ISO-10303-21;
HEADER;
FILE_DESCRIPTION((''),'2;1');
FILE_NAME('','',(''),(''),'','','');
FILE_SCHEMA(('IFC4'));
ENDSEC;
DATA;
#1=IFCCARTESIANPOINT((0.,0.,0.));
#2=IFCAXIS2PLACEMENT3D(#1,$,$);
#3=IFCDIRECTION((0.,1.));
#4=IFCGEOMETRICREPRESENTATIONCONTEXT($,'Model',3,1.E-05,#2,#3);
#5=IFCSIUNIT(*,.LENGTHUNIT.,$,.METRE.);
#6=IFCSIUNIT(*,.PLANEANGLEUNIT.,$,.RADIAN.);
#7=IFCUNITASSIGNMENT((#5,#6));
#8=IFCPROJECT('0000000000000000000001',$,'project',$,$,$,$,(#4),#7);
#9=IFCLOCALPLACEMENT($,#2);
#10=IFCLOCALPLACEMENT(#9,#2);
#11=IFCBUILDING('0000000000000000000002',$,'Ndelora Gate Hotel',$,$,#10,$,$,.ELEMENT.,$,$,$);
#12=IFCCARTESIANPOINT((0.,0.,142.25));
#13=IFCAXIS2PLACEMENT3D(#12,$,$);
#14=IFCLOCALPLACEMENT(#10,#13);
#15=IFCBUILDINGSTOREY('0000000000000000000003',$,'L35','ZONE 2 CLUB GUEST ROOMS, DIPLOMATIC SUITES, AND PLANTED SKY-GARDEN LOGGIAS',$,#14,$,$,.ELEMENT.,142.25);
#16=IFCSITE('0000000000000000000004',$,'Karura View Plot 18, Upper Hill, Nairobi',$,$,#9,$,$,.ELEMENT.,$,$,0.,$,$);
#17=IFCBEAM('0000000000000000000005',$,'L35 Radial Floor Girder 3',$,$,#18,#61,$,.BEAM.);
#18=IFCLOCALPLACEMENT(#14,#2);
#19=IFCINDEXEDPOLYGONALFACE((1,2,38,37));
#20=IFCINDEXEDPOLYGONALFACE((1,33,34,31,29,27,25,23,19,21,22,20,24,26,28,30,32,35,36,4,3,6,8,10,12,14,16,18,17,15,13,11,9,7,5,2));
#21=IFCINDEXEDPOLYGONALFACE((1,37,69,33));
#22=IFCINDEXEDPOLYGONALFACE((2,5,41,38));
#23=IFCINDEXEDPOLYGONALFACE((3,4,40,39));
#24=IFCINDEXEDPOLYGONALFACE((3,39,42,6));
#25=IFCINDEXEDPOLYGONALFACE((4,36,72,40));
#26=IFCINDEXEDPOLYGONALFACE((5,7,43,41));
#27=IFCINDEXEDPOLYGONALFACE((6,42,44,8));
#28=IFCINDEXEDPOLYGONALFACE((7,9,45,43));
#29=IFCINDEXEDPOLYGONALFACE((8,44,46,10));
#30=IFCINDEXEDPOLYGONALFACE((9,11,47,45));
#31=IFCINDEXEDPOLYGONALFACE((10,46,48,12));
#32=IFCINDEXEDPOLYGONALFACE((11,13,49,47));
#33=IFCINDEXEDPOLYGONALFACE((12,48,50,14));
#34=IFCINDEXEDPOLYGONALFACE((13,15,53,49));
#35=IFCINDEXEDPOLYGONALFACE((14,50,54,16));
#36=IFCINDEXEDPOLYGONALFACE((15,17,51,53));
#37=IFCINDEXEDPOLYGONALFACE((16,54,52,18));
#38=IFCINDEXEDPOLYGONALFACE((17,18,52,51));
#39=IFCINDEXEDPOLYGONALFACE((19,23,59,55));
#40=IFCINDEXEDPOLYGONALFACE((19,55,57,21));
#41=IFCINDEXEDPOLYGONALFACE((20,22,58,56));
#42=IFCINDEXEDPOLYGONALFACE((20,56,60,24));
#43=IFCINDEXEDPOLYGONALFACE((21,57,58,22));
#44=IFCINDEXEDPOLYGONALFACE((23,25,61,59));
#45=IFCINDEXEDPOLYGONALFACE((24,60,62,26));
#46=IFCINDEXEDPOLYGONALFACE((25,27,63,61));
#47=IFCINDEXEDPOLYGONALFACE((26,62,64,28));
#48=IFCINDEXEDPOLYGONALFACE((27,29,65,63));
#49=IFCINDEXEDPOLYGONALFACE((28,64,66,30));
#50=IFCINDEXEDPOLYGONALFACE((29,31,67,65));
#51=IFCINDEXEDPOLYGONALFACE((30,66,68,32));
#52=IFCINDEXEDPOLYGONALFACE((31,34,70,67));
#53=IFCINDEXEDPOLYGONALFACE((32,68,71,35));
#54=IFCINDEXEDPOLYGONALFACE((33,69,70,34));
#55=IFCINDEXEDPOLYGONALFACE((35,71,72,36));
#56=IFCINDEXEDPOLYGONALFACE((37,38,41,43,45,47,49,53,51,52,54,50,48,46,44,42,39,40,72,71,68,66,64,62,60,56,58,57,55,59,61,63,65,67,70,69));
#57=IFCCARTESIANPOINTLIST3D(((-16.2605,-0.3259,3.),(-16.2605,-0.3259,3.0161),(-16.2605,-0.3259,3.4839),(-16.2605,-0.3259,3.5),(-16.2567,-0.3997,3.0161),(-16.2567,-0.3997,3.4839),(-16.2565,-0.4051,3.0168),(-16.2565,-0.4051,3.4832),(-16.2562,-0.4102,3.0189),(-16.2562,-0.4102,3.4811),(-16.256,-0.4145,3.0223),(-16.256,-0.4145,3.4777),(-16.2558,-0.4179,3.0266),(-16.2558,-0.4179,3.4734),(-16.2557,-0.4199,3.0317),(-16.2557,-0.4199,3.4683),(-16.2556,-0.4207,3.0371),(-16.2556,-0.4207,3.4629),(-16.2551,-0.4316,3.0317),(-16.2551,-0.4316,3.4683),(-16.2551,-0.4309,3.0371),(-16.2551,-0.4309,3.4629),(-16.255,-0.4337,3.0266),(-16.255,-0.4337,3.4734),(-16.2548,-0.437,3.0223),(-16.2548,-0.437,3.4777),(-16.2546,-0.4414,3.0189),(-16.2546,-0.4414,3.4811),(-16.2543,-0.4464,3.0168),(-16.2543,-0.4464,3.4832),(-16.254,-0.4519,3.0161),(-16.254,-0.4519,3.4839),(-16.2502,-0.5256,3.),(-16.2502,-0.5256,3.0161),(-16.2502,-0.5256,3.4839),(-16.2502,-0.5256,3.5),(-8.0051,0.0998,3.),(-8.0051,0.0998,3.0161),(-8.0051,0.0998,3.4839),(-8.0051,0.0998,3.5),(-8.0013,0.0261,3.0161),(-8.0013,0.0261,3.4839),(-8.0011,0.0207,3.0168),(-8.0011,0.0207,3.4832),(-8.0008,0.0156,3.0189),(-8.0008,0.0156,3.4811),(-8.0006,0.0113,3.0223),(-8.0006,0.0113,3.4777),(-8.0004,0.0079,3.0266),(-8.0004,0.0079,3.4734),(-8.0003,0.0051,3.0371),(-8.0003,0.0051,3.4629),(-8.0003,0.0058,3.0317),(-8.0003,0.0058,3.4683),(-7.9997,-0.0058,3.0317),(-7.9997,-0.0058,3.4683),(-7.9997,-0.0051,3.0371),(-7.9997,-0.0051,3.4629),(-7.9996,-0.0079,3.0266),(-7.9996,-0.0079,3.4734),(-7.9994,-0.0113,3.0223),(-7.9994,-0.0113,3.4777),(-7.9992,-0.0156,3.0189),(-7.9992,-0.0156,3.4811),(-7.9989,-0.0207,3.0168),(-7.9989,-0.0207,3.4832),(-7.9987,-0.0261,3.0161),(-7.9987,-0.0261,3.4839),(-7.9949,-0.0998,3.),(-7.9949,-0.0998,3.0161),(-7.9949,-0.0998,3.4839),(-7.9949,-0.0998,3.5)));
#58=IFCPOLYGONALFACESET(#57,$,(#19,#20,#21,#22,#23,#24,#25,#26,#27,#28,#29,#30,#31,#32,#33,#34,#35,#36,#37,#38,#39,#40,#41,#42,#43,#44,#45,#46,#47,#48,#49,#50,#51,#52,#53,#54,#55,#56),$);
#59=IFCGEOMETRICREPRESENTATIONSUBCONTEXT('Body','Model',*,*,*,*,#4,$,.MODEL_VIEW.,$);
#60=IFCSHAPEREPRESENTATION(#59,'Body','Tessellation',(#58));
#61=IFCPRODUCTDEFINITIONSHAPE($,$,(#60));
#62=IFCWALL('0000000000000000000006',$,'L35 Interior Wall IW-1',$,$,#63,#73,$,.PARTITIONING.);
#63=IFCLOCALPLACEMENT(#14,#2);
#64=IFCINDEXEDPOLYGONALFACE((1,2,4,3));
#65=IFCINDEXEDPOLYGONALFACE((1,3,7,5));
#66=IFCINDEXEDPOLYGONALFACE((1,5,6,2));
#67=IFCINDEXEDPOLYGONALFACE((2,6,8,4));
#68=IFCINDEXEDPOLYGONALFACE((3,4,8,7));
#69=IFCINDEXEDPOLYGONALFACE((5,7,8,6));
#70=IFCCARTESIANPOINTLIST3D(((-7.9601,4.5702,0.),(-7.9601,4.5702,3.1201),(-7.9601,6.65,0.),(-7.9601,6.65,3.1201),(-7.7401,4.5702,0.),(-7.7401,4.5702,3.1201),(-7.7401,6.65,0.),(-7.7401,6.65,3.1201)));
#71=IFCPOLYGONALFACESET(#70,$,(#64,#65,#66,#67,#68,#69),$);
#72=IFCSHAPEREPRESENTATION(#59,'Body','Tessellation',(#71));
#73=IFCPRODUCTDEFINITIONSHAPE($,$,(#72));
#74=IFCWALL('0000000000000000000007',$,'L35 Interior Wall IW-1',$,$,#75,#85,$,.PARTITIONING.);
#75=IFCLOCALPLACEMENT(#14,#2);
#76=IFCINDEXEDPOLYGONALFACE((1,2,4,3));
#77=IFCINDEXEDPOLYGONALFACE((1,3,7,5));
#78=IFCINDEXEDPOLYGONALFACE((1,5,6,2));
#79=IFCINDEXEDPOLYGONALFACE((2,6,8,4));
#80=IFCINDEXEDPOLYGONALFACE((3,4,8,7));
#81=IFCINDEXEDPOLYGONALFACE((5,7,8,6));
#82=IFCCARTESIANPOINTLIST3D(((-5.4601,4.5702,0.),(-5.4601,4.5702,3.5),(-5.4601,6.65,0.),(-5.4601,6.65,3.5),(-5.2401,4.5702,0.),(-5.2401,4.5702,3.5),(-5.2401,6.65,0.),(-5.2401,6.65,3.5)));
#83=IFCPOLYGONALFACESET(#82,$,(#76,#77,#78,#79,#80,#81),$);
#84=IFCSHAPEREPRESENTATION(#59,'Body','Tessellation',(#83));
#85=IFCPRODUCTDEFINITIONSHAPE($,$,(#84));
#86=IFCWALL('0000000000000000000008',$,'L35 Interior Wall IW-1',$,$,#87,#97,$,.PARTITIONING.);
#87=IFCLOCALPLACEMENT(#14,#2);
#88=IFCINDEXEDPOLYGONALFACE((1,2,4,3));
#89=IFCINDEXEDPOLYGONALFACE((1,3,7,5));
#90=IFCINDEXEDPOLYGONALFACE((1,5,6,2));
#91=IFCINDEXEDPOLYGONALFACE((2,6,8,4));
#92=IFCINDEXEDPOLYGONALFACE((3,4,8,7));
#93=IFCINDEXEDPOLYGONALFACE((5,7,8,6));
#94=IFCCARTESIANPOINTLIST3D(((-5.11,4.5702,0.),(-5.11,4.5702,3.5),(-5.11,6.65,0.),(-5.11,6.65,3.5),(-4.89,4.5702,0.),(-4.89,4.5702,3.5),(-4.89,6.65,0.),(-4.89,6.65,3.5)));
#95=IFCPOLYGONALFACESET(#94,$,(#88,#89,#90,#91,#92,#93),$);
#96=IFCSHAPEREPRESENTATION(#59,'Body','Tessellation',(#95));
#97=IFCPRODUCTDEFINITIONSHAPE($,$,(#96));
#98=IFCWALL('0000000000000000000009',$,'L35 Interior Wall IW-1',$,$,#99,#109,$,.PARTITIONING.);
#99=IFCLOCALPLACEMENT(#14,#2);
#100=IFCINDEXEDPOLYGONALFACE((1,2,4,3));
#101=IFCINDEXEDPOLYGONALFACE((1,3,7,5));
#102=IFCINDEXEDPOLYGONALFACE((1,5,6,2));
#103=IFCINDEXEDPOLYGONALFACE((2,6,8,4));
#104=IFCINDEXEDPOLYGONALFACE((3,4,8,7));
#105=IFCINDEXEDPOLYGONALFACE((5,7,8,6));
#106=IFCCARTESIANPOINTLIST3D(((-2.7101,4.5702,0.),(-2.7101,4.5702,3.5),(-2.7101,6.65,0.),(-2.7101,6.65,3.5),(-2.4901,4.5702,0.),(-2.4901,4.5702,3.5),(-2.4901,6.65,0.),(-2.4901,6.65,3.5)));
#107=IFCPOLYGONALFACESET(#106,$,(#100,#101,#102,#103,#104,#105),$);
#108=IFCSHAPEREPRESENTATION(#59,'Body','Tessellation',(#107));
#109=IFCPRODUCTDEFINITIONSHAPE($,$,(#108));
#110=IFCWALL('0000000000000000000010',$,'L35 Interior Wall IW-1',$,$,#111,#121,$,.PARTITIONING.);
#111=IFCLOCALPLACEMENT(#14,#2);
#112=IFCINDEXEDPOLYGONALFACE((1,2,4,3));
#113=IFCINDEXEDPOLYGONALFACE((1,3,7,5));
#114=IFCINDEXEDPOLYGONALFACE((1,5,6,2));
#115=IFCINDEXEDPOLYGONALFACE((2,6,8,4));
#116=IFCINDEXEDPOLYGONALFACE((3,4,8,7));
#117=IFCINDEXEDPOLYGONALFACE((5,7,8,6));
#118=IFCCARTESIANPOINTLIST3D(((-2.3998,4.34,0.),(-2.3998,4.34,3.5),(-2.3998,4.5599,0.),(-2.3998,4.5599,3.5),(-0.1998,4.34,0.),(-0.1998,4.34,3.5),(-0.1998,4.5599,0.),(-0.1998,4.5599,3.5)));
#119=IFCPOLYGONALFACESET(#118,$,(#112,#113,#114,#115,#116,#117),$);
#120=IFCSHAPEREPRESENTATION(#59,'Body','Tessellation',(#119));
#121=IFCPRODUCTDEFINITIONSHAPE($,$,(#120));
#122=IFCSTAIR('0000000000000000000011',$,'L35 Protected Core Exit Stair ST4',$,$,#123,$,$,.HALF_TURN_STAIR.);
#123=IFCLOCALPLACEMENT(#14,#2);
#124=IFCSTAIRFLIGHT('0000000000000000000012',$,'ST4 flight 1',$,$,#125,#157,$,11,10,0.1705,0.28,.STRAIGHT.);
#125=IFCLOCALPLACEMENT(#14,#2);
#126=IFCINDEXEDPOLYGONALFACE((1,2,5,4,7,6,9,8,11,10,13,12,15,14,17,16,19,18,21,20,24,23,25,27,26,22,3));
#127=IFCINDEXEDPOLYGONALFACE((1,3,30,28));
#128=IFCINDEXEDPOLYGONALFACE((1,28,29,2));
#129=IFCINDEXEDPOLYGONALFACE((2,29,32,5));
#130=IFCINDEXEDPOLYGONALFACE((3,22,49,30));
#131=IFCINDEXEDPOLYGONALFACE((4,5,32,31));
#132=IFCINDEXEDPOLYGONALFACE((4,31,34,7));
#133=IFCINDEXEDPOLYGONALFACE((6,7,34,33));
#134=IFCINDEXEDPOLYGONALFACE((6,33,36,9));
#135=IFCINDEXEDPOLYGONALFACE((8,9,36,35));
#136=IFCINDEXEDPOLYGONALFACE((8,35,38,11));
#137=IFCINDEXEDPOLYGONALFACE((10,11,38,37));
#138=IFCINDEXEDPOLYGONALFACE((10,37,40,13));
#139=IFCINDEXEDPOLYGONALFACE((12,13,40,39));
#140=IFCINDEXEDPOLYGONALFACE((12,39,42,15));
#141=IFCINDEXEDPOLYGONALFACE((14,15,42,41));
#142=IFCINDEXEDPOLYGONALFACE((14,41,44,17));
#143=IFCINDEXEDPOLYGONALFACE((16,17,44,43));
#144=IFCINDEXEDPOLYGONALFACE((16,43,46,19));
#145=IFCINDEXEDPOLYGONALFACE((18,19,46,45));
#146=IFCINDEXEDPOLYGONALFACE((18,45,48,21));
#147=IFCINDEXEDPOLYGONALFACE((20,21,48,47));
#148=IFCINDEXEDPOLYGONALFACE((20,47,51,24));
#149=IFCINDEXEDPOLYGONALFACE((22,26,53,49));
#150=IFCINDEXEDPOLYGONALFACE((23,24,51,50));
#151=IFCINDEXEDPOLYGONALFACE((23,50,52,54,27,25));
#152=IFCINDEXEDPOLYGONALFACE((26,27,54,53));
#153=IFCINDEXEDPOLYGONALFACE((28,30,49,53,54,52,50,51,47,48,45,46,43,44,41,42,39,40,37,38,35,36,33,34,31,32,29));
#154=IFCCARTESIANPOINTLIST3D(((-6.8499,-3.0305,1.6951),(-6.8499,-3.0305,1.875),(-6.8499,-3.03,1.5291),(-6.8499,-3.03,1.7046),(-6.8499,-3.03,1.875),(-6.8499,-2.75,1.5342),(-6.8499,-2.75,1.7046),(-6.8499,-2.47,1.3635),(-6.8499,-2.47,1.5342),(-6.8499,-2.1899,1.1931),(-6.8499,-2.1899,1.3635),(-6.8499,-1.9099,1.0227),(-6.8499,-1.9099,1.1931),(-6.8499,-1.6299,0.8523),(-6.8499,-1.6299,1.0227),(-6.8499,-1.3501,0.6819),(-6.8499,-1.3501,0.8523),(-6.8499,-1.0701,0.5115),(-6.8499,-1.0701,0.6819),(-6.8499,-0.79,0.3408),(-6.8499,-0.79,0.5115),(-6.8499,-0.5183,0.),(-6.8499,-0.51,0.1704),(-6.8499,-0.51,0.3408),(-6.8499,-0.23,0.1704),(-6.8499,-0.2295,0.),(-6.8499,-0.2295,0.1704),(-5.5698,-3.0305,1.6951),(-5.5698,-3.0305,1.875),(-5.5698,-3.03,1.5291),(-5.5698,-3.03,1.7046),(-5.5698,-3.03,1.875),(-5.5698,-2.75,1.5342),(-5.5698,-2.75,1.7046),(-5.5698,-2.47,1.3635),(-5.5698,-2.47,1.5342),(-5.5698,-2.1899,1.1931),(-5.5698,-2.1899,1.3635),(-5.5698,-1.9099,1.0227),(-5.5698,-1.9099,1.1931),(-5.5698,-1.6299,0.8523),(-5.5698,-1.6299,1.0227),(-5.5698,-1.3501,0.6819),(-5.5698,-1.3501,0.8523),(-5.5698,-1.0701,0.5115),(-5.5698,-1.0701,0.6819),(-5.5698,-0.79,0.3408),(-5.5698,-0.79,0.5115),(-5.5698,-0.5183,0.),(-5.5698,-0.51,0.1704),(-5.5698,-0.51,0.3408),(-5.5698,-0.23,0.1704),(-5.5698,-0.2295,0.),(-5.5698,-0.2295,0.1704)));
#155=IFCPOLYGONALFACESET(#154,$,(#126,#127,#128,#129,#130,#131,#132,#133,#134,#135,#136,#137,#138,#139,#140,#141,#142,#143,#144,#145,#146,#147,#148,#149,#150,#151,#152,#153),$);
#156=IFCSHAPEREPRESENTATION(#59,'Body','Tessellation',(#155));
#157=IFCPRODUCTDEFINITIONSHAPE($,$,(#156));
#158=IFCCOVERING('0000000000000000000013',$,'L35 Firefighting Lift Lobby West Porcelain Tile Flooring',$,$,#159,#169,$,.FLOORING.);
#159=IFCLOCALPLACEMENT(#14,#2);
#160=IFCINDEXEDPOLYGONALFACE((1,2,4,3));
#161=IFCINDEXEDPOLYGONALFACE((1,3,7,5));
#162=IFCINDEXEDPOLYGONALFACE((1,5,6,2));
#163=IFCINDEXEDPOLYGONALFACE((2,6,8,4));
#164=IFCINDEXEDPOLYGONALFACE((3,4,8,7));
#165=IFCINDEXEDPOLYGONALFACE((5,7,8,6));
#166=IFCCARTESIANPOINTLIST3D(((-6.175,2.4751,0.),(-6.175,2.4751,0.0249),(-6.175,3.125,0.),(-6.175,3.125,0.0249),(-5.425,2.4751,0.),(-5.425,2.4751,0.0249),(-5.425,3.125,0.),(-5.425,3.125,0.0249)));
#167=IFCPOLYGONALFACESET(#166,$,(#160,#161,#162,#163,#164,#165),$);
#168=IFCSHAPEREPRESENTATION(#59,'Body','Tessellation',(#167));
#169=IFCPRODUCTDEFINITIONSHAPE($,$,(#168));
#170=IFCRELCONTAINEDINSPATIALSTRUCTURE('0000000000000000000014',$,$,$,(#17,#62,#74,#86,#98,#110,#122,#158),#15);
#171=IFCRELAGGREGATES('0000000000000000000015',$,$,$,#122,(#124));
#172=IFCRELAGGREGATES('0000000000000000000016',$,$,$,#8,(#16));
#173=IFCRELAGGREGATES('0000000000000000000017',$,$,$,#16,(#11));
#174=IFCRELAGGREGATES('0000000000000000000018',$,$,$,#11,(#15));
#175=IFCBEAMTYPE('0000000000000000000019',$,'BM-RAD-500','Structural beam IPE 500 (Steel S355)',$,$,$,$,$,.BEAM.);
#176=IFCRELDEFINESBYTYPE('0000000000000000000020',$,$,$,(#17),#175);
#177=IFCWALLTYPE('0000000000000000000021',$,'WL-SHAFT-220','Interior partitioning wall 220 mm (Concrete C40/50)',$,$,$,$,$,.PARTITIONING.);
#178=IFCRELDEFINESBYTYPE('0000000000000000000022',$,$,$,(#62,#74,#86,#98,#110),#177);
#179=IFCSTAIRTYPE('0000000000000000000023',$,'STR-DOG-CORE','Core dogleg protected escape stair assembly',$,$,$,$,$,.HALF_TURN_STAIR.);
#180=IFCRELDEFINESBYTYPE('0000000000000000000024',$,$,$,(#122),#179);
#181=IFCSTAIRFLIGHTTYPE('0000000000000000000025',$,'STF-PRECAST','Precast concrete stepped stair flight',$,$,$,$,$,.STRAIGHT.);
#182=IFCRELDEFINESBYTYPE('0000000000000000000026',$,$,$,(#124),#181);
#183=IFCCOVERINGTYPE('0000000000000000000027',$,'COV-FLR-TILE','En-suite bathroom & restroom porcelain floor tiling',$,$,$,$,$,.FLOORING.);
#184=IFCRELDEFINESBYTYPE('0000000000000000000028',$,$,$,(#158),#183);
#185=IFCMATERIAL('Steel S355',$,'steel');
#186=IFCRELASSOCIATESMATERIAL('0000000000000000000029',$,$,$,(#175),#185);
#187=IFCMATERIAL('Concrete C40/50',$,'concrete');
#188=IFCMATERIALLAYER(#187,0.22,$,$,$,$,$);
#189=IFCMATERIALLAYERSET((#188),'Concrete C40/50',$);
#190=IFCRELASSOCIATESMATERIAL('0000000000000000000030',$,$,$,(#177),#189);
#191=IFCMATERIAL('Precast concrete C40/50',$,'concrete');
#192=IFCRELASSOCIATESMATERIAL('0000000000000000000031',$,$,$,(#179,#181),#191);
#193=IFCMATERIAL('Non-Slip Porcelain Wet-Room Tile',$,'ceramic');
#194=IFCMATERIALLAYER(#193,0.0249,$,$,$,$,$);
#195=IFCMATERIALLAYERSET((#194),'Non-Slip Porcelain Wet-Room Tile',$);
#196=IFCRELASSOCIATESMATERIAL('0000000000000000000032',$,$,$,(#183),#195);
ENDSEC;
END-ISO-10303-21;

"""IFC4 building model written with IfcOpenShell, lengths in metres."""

from ifc_helpers import new_model, si_unit, direction, frame, frame_2d, origin, origin_2d, place, context, subcontext, project, spatial, polyline, rectangle, i_section, outline, extrude, material, layer, layer_set, material_profile, profile_set, type_object, element, aggregate, save


model = new_model("IFC4")

# Units and contexts
model_context = context("Model", 3, precision=1e-05, world=origin(), true_north=direction((0.0, 1.0)))
body_context = subcontext(model_context, "Body", "Model", "MODEL_VIEW")
ifc_project = project(units=[si_unit("LENGTHUNIT", "METRE"), si_unit("PLANEANGLEUNIT", "RADIAN")], contexts=[model_context])

# Site, building, storey
site_placement = place(None, origin())
site = spatial("IfcSite", under=ifc_project, at=site_placement, Name="Karura View Plot 18, Upper Hill, Nairobi", CompositionType="ELEMENT", RefElevation=0.0)
building_placement = place(site_placement, origin())
building = spatial("IfcBuilding", under=site, at=building_placement, Name="Ndelora Gate Hotel", CompositionType="ELEMENT")
storey_placement = place(building_placement, frame((0.0, 0.0, 142.25)))
storey = spatial("IfcBuildingStorey", under=building, at=storey_placement, Name="L35", Description="ZONE 2 CLUB GUEST ROOMS, DIPLOMATIC SUITES, AND PLANTED SKY-GARDEN LOGGIAS", CompositionType="ELEMENT", Elevation=142.25)

# Beam
ifc_material_1 = material(Name="Steel S355", Category="steel")
ifc_material_profile = material_profile(ifc_material_1, i_section(OverallWidth=0.2, OverallDepth=0.5, WebThickness=0.0103, FlangeThickness=0.0161, FilletRadius=0.021, at=origin_2d()), Name="IPE 500")
ifc_profile_set = profile_set([ifc_material_profile], Name="Steel S355")
beam_type = type_object("IfcBeamType", Name="BM-RAD-500", Description="Structural beam IPE 500 (Steel S355)", PredefinedType="BEAM", material=ifc_profile_set)
beam_placement = place(storey_placement, frame((-8.0, 0.0, 3.25), z_axis=(-0.998673, -0.051508, 0.0), x_axis=(0.051508, -0.998673, 0.0)))
element("IfcBeam", 1, at=beam_placement, inside=storey, type_object=beam_type, Name="L35 Radial Floor Girder 3", PredefinedType="BEAM", context=body_context, shape_type="SweptSolid", body=[
    extrude(i_section(OverallWidth=0.2, OverallDepth=0.5, WebThickness=0.0103, FlangeThickness=0.0161, FilletRadius=0.021, at=origin_2d()), origin(), (0.0, 0.0, 1.0), 8.2664),
])

# Shared definitions
ifc_material_2 = material(Name="Concrete C40/50", Category="concrete")
ifc_layer_1 = layer(ifc_material_2, 0.22)
ifc_layer_set_1 = layer_set([ifc_layer_1], Name="Concrete C40/50")
wall_type_1 = type_object("IfcWallType", Name="WL-SHAFT-220", Description="Interior partitioning wall 220 mm (Concrete C40/50)", PredefinedType="PARTITIONING", material=ifc_layer_set_1)

# Walls
wall_1_placement = place(storey_placement, frame((-7.8501, 4.5701, 0.0), z_axis=(0.0, 0.0, 1.0), x_axis=(0.0, 1.0, 0.0)))
element("IfcWall", 2, at=wall_1_placement, inside=storey, type_object=wall_type_1, Name="L35 Interior Wall IW-1", PredefinedType="PARTITIONING", context=body_context, shape_type="SweptSolid", body=[
    extrude(rectangle(XDim=2.0798, YDim=0.22, at=frame_2d((1.04, 0.0))), origin(), (0.0, 0.0, 1.0), 3.1201),
])
wall_2_placement = place(storey_placement, frame((-5.3501, 4.5701, 0.0), z_axis=(0.0, 0.0, 1.0), x_axis=(0.0, 1.0, 0.0)))
element("IfcWall", 3, at=wall_2_placement, inside=storey, type_object=wall_type_1, Name="L35 Interior Wall IW-1", PredefinedType="PARTITIONING", context=body_context, shape_type="SweptSolid", body=[
    extrude(rectangle(XDim=2.0798, YDim=0.22, at=frame_2d((1.04, 0.0))), origin(), (0.0, 0.0, 1.0), 3.5),
])

# Walls
for number, where, z_axis, x_axis, name in (
    (4, (-5.0, 4.5701, 0.0), (0.0, 0.0, 1.0), (0.0, 1.0, 0.0), "L35 Interior Wall IW-1"),
    (5, (-2.6001, 4.5701, 0.0), (0.0, 0.0, 1.0), (0.0, 1.0, 0.0), "L35 Interior Wall IW-1"),
):
    element("IfcWall", number, at=place(storey_placement, frame(where, z_axis=z_axis, x_axis=x_axis)), inside=storey, type_object=wall_type_1, Name=name, PredefinedType="PARTITIONING", context=body_context, shape_type="SweptSolid", body=[
        extrude(rectangle(XDim=2.0798, YDim=0.22, at=frame_2d((1.04, 0.0))), origin(), (0.0, 0.0, 1.0), 3.5),
    ])
wall_3_placement = place(storey_placement, frame((-2.3999, 4.45, 0.0), z_axis=(0.0, 0.0, 1.0), x_axis=(1.0, 0.0, 0.0)))
element("IfcWall", 6, at=wall_3_placement, inside=storey, type_object=wall_type_1, Name="L35 Interior Wall IW-1", PredefinedType="PARTITIONING", context=body_context, shape_type="SweptSolid", body=[
    extrude(rectangle(XDim=2.2, YDim=0.22, at=frame_2d((1.1001, 0.0))), origin(), (0.0, 0.0, 1.0), 3.5),
])

# Stair, stair flight
ifc_material_3 = material(Name="Precast concrete C40/50", Category="concrete")
stair_type = type_object("IfcStairType", Name="STR-DOG-CORE", Description="Core dogleg protected escape stair assembly", PredefinedType="HALF_TURN_STAIR", material=ifc_material_3)
stair_placement = place(storey_placement, origin())
stair = element("IfcStair", 7, at=stair_placement, inside=storey, type_object=stair_type, Name="L35 Protected Core Exit Stair ST4", PredefinedType="HALF_TURN_STAIR")
stair_flight_type = type_object("IfcStairFlightType", Name="STF-PRECAST", Description="Precast concrete stepped stair flight", PredefinedType="STRAIGHT", material=ifc_material_3)
stair_flight_placement = place(storey_placement, frame((-6.21, -0.23, 0.0), z_axis=(0.0, 0.0, 1.0), x_axis=(0.0, -1.0, 0.0)))
stair_flight = element("IfcStairFlight", 8, at=stair_flight_placement, type_object=stair_flight_type, Name="ST4 flight 1", NumberOfRisers=11, NumberOfTreads=10, PredefinedType="STRAIGHT", RiserHeight=0.1705, TreadLength=0.28, context=body_context, shape_type="SweptSolid", body=[
    extrude(outline(polyline([(-0.0005, 0.0), (-0.0005, 0.1704), (0.0, 0.1704), (0.28, 0.1704), (0.28, 0.3408), (0.5601, 0.3408), (0.5601, 0.5115), (0.8401, 0.5115), (0.8401, 0.6819), (1.1201, 0.6819), (1.1201, 0.8523), (1.3999, 0.8523), (1.3999, 1.0227), (1.6799, 1.0227), (1.6799, 1.1931), (1.96, 1.1931), (1.96, 1.3635), (2.24, 1.3635), (2.24, 1.5342), (2.52, 1.5342), (2.52, 1.7046), (2.8, 1.7046), (2.8, 1.875), (2.8005, 1.875), (2.8005, 1.6951), (2.8, 1.5291), (0.2883, 0.0), (-0.0005, 0.0)])), frame((0.0, 0.6401, 0.0), z_axis=(0.0, -1.0, 0.0), x_axis=(1.0, 0.0, 0.0)), (0.0, 0.0, 1.0), 1.28),
])
aggregate(stair, [stair_flight])

# Covering
ifc_material_4 = material(Name="Non-Slip Porcelain Wet-Room Tile", Category="ceramic")
ifc_layer_2 = layer(ifc_material_4, 0.0249)
ifc_layer_set_2 = layer_set([ifc_layer_2], Name="Non-Slip Porcelain Wet-Room Tile")
covering_type = type_object("IfcCoveringType", Name="COV-FLR-TILE", Description="En-suite bathroom & restroom porcelain floor tiling", PredefinedType="FLOORING", material=ifc_layer_set_2)
covering_placement = place(storey_placement, frame((-5.8, 2.8, 0.0), z_axis=(0.0, 0.0, 1.0), x_axis=(1.0, 0.0, 0.0)))
element("IfcCovering", 9, at=covering_placement, inside=storey, type_object=covering_type, Name="L35 Firefighting Lift Lobby West Porcelain Tile Flooring", PredefinedType="FLOORING", context=body_context, shape_type="SweptSolid", body=[
    extrude(rectangle(XDim=0.75, YDim=0.6499, at=origin_2d()), origin(), (0.0, 0.0, 1.0), 0.0249),
])

save(model, "model.ifc")
